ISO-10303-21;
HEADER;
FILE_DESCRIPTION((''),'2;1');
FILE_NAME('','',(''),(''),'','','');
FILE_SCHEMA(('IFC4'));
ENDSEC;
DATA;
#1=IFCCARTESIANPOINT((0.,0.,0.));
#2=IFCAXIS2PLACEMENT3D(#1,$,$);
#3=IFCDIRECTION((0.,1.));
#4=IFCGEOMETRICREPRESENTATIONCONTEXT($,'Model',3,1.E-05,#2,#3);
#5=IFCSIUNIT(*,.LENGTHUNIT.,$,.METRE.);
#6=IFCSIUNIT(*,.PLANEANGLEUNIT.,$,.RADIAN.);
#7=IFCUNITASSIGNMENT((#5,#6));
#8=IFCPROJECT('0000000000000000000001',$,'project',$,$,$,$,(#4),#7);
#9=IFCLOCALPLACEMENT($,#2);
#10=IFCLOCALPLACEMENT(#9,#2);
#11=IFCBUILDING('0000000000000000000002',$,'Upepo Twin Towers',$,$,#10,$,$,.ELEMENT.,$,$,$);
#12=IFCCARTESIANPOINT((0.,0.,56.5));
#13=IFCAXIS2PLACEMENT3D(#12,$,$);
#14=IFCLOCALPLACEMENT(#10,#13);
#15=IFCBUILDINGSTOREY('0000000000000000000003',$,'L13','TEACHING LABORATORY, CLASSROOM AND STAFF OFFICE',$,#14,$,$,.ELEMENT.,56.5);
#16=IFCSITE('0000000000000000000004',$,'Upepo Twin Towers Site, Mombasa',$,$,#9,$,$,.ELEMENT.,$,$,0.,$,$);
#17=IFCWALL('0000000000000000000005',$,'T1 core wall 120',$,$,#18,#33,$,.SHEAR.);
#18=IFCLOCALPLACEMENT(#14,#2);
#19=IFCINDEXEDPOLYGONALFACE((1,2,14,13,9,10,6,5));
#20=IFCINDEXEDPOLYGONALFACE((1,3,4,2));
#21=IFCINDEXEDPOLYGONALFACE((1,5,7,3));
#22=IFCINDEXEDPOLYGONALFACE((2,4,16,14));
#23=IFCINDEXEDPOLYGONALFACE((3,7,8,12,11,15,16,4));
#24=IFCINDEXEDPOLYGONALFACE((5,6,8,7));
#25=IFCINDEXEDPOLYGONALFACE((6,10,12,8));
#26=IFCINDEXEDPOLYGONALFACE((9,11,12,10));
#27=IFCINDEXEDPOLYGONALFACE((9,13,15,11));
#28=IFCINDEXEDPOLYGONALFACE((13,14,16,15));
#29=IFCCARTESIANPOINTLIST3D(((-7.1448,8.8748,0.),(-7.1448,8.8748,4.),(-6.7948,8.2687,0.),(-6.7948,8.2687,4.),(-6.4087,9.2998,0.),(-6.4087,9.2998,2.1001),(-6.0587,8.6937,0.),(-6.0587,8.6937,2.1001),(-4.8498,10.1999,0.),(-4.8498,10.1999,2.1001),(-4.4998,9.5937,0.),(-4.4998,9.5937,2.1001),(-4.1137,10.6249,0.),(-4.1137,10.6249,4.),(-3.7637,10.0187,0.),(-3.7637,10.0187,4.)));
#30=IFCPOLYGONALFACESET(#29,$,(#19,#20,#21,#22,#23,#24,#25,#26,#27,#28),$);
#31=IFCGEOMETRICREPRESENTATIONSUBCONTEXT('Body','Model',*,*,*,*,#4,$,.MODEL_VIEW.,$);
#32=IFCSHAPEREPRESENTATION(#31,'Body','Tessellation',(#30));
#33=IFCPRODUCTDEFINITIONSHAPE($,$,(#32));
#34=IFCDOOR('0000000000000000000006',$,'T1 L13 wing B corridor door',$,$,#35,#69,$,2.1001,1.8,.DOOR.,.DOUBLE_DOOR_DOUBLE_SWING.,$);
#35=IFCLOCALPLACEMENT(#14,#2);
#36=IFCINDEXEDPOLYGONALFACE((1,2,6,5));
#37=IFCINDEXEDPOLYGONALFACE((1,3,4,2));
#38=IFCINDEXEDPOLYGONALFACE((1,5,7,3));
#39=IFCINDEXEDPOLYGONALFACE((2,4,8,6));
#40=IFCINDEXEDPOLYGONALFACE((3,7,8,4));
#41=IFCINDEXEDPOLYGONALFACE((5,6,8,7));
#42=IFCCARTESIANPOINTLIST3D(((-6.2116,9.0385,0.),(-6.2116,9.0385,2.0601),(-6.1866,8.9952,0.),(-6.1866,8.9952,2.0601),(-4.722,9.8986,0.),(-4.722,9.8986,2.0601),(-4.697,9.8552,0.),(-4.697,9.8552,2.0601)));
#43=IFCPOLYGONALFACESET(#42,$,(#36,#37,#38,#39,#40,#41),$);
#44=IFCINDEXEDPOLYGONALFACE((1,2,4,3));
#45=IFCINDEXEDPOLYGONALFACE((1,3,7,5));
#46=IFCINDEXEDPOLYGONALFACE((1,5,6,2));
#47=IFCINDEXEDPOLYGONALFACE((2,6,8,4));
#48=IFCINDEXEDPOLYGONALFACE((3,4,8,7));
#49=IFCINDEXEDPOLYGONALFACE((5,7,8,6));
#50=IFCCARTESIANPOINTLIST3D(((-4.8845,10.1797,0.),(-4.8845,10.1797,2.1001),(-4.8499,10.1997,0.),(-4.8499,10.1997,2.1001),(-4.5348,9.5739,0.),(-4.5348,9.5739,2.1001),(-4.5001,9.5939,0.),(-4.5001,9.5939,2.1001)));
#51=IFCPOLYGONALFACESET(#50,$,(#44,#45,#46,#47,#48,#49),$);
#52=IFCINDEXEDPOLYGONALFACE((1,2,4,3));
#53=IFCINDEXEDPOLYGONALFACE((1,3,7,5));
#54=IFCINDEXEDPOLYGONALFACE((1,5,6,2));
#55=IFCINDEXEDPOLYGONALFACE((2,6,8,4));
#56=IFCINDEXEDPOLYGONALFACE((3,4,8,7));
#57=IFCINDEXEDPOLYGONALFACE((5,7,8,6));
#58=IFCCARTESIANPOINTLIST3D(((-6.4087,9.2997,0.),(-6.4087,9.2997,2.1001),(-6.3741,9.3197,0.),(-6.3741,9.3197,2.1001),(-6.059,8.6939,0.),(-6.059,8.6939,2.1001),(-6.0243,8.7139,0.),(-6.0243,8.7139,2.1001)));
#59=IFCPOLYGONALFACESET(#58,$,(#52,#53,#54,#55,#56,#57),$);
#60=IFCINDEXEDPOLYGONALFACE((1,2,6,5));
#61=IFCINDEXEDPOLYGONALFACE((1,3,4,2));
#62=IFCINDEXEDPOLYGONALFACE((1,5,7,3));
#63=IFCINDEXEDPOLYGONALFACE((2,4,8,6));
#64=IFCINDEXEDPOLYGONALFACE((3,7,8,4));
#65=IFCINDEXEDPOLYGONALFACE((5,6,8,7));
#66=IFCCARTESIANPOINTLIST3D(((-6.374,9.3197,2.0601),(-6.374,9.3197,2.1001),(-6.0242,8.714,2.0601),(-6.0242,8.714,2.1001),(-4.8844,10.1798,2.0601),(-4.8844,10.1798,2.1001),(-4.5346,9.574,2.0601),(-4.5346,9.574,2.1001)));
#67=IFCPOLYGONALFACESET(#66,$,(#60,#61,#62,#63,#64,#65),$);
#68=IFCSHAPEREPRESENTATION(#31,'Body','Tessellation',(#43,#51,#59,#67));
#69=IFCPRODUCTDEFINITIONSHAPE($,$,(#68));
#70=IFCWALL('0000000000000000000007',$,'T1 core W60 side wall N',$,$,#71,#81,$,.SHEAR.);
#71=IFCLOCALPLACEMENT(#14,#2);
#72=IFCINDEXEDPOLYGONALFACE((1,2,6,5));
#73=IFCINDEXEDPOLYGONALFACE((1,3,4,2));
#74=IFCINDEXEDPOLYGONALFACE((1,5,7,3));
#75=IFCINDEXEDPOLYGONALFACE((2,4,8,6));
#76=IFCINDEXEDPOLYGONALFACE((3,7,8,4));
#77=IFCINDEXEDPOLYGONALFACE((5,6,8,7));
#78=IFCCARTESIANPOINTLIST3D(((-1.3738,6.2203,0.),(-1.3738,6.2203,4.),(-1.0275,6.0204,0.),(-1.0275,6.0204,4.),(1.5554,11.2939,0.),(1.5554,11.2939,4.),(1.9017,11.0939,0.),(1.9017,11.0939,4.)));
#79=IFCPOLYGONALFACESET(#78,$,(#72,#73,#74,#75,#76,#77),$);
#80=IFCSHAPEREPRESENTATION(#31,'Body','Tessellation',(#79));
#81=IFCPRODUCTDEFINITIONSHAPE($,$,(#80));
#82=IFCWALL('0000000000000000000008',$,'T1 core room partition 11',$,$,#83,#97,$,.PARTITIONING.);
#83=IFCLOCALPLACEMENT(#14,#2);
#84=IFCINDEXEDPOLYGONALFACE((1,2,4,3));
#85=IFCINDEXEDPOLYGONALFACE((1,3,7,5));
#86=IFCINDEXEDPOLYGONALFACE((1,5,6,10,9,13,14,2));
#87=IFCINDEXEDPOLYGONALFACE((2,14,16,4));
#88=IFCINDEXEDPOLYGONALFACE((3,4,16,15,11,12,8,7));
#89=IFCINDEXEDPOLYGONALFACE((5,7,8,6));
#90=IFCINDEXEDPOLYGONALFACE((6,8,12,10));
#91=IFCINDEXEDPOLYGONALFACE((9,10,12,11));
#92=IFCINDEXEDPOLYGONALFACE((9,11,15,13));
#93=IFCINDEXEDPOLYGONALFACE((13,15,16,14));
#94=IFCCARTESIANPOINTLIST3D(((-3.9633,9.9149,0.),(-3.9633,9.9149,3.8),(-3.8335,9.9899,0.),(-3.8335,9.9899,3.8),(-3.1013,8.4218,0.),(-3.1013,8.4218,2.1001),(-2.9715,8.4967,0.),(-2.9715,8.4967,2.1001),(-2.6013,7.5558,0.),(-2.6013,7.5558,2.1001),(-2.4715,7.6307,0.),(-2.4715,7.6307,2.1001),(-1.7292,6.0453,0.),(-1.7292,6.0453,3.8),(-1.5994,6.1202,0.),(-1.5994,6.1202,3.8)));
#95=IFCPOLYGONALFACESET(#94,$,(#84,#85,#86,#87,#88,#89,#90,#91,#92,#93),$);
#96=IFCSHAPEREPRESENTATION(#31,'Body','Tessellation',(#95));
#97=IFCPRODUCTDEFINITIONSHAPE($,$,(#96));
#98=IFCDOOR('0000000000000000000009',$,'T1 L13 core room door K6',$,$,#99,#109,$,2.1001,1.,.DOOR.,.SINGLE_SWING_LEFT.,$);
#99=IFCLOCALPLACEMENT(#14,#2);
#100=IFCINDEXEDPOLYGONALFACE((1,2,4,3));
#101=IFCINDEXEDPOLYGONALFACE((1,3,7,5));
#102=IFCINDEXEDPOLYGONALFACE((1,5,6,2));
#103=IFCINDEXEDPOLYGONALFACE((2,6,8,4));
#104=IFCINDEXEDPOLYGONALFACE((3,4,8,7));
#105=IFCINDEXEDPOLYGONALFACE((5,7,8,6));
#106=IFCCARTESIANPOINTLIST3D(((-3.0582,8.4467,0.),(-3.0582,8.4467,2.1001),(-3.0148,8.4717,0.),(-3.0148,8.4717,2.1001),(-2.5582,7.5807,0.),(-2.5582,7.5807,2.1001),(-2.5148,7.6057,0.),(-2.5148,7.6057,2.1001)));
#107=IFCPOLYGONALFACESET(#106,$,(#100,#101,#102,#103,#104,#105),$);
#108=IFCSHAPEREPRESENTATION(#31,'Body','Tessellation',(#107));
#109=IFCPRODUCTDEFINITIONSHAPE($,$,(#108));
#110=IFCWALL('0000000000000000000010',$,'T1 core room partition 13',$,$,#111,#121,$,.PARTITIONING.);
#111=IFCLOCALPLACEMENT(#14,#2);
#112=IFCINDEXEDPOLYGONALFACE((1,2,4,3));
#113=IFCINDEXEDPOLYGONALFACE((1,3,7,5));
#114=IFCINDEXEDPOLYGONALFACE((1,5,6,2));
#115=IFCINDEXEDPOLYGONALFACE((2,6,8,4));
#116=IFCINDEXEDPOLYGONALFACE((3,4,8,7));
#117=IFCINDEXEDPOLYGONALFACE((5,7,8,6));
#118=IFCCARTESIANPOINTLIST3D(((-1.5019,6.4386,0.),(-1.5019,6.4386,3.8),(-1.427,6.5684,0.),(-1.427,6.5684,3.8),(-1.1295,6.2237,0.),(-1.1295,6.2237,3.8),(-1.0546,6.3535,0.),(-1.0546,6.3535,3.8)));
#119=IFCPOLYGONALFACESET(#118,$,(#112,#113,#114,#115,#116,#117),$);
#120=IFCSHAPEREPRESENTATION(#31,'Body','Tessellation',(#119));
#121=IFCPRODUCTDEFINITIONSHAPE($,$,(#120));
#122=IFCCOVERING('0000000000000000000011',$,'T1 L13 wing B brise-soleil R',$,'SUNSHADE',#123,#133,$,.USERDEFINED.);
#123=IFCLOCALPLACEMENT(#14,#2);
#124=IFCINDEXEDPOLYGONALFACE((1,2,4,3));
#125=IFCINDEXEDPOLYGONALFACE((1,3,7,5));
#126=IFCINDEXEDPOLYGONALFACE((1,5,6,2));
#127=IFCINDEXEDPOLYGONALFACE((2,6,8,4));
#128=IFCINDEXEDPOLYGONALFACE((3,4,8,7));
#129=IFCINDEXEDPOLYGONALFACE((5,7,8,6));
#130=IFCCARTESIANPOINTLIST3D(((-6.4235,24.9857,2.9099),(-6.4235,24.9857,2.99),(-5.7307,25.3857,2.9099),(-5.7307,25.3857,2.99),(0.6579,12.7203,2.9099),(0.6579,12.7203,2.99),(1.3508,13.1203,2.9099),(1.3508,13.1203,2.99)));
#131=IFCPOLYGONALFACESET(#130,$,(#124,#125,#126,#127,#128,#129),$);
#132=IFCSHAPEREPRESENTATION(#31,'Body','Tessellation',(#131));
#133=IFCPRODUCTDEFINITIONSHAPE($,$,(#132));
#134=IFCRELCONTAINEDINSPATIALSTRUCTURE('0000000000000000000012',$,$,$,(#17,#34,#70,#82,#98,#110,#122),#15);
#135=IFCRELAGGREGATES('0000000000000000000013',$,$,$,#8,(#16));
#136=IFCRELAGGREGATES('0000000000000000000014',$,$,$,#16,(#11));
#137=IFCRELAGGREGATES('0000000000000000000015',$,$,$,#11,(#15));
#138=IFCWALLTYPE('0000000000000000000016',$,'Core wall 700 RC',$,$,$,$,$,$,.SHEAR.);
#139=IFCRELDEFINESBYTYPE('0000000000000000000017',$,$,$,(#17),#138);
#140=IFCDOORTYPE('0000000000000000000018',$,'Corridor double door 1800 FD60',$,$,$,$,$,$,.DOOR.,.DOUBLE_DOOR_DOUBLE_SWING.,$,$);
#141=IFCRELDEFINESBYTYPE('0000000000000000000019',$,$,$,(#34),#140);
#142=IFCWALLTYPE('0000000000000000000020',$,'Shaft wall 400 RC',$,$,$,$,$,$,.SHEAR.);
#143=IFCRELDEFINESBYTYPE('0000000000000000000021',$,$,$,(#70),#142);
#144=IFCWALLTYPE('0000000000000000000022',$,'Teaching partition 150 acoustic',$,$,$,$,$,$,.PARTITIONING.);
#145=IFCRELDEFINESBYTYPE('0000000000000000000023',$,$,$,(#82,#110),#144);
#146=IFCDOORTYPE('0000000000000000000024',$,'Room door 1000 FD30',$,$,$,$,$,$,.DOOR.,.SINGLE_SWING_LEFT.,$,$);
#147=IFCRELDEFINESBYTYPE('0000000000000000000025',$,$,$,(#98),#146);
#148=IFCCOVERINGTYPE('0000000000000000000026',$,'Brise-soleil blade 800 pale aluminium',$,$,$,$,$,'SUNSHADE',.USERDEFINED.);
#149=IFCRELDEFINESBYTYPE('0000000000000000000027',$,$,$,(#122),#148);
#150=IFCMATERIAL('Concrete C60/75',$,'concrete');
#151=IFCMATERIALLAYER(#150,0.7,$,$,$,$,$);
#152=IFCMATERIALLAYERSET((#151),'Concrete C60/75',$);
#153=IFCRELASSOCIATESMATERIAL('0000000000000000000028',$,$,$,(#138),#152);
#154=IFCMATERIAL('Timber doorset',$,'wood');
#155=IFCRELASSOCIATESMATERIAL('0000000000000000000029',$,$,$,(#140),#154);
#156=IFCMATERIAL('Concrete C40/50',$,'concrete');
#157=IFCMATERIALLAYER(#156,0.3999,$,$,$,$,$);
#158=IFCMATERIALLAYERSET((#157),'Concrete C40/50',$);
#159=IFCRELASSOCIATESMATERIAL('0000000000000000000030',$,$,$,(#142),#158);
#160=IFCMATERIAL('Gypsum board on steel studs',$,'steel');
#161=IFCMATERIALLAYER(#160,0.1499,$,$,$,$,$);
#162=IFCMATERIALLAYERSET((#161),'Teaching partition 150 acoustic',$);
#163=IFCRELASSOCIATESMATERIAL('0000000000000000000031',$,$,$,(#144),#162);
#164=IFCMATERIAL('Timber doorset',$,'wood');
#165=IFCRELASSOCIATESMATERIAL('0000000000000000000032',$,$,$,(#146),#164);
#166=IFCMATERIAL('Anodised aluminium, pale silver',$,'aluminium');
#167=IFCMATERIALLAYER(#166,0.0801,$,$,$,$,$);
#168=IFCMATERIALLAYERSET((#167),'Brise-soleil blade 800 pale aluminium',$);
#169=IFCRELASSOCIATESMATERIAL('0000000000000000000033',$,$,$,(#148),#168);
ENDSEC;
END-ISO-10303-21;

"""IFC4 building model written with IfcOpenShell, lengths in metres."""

from ifc_helpers import new_model, si_unit, direction, frame, frame_2d, origin, origin_2d, place, context, subcontext, project, spatial, rectangle, extrude, material, layer, layer_set, type_object, element, fill, save


model = new_model("IFC4")

# Units and contexts
model_context = context("Model", 3, precision=1e-05, world=origin(), true_north=direction((0.0, 1.0)))
body_context = subcontext(model_context, "Body", "Model", "MODEL_VIEW")
ifc_project = project(units=[si_unit("LENGTHUNIT", "METRE"), si_unit("PLANEANGLEUNIT", "RADIAN")], contexts=[model_context])

# Site, building, storey
site_placement = place(None, origin())
site = spatial("IfcSite", under=ifc_project, at=site_placement, Name="Upepo Twin Towers Site, Mombasa", CompositionType="ELEMENT", RefElevation=0.0)
building_placement = place(site_placement, origin())
building = spatial("IfcBuilding", under=site, at=building_placement, Name="Upepo Twin Towers", CompositionType="ELEMENT")
storey_placement = place(building_placement, frame((0.0, 0.0, 56.5)))
storey = spatial("IfcBuildingStorey", under=building, at=storey_placement, Name="L13", Description="TEACHING LABORATORY, CLASSROOM AND STAFF OFFICE", CompositionType="ELEMENT", Elevation=56.5)

# Shared definitions
ifc_material_1 = material(Name="Concrete C60/75", Category="concrete")
ifc_layer_1 = layer(ifc_material_1, 0.7)
ifc_layer_set_1 = layer_set([ifc_layer_1], Name="Concrete C60/75")
wall_type_1 = type_object("IfcWallType", Name="Core wall 700 RC", PredefinedType="SHEAR", material=ifc_layer_set_1)

# Wall, opening, door
wall_1_placement = place(storey_placement, frame((-3.9387, 10.3218, 0.0), z_axis=(0.0, 0.0, 1.0), x_axis=(-0.866019, -0.50001, 0.0)))
wall_1 = element("IfcWall", 1, at=wall_1_placement, inside=storey, type_object=wall_type_1, Name="T1 core wall 120", PredefinedType="SHEAR", context=body_context, shape_type="SweptSolid", body=[
    extrude(rectangle(XDim=3.5, YDim=0.7, at=frame_2d((1.75, 0.0))), origin(), (0.0, 0.0, 1.0), 4.0),
])
opening_1_placement = place(wall_1_placement, frame((0.8501, 0.0, 0.0)))
opening_1 = element("IfcOpeningElement", 2, at=opening_1_placement, cuts=wall_1, PredefinedType="OPENING", context=body_context, shape_type="SweptSolid", body=[
    extrude(rectangle(XDim=1.8, YDim=2.1001, at=frame_2d((0.8999, 1.05))), frame((0.0, 0.3599, 0.0), z_axis=(0.0, -1.0, 0.0), x_axis=(1.0, 0.0, 0.0)), (0.0, 0.0, 1.0), 0.72),
])
ifc_material_2 = material(Name="Timber doorset", Category="wood")
door_type_1 = type_object("IfcDoorType", Name="Corridor double door 1800 FD60", OperationType="DOUBLE_DOOR_DOUBLE_SWING", PredefinedType="DOOR", material=ifc_material_2)
door_1_placement = place(opening_1_placement, origin())
door_1 = element("IfcDoor", 3, at=door_1_placement, inside=storey, type_object=door_type_1, Name="T1 L13 wing B corridor door", OperationType="DOUBLE_DOOR_DOUBLE_SWING", OverallHeight=2.1001, OverallWidth=1.8, PredefinedType="DOOR", context=body_context, shape_type="SweptSolid", body=[
    extrude(rectangle(XDim=1.72, YDim=2.0601, at=frame_2d((0.8999, 1.03))), frame((0.0, 0.0249, 0.0), z_axis=(0.0, -1.0, 0.0), x_axis=(1.0, 0.0, 0.0)), (0.0, 0.0, 1.0), 0.05),
    extrude(rectangle(XDim=0.04, YDim=2.1001, at=frame_2d((0.02, 1.05))), frame((0.0, 0.3496, 0.0), z_axis=(0.0, -1.0, 0.0), x_axis=(1.0, 0.0, 0.0)), (0.0, 0.0, 1.0), 0.6995),
    extrude(rectangle(XDim=0.04, YDim=2.1001, at=frame_2d((1.78, 1.05))), frame((0.0, 0.3496, 0.0), z_axis=(0.0, -1.0, 0.0), x_axis=(1.0, 0.0, 0.0)), (0.0, 0.0, 1.0), 0.6995),
    extrude(rectangle(XDim=1.72, YDim=0.04, at=frame_2d((0.8999, 2.0801))), frame((0.0, 0.3496, 0.0), z_axis=(0.0, -1.0, 0.0), x_axis=(1.0, 0.0, 0.0)), (0.0, 0.0, 1.0), 0.6995),
])
fill(opening_1, door_1)

# Wall
ifc_material_3 = material(Name="Concrete C40/50", Category="concrete")
ifc_layer_2 = layer(ifc_material_3, 0.3999)
ifc_layer_set_2 = layer_set([ifc_layer_2], Name="Concrete C40/50")
wall_type_2 = type_object("IfcWallType", Name="Shaft wall 400 RC", PredefinedType="SHEAR", material=ifc_layer_set_2)
wall_2_placement = place(storey_placement, frame((-1.2007, 6.1204, 0.0), z_axis=(0.0, 0.0, 1.0), x_axis=(0.500003, 0.866024, 0.0)))
element("IfcWall", 4, at=wall_2_placement, inside=storey, type_object=wall_type_2, Name="T1 core W60 side wall N", PredefinedType="SHEAR", context=body_context, shape_type="SweptSolid", body=[
    extrude(rectangle(XDim=5.8584, YDim=0.3999, at=frame_2d((2.9292, 0.0))), origin(), (0.0, 0.0, 1.0), 4.0),
])

# Wall, opening, door
ifc_material_4 = material(Name="Gypsum board on steel studs", Category="steel")
ifc_layer_3 = layer(ifc_material_4, 0.1499)
ifc_layer_set_3 = layer_set([ifc_layer_3], Name="Teaching partition 150 acoustic")
wall_type_3 = type_object("IfcWallType", Name="Teaching partition 150 acoustic", PredefinedType="PARTITIONING", material=ifc_layer_set_3)
wall_3_placement = place(storey_placement, frame((-3.8984, 9.9524, 0.0), z_axis=(0.0, 0.0, 1.0), x_axis=(0.5, -0.866025, 0.0)))
wall_3 = element("IfcWall", 5, at=wall_3_placement, inside=storey, type_object=wall_type_3, Name="T1 core room partition 11", PredefinedType="PARTITIONING", context=body_context, shape_type="SweptSolid", body=[
    extrude(rectangle(XDim=4.4683, YDim=0.1499, at=frame_2d((2.2341, 0.0))), origin(), (0.0, 0.0, 1.0), 3.8),
])
opening_2_placement = place(wall_3_placement, frame((1.7241, 0.0, 0.0)))
opening_2 = element("IfcOpeningElement", 6, at=opening_2_placement, cuts=wall_3, PredefinedType="OPENING", context=body_context, shape_type="SweptSolid", body=[
    extrude(rectangle(XDim=1.0, YDim=2.1001, at=frame_2d((0.5, 1.05))), frame((0.0, 0.085, 0.0), z_axis=(0.0, -1.0, 0.0), x_axis=(1.0, 0.0, 0.0)), (0.0, 0.0, 1.0), 0.1699),
])
ifc_material_5 = material(Name="Timber doorset", Category="wood")
door_type_2 = type_object("IfcDoorType", Name="Room door 1000 FD30", OperationType="SINGLE_SWING_LEFT", PredefinedType="DOOR", material=ifc_material_5)
door_2_placement = place(opening_2_placement, origin())
door_2 = element("IfcDoor", 7, at=door_2_placement, inside=storey, type_object=door_type_2, Name="T1 L13 core room door K6", OperationType="SINGLE_SWING_LEFT", OverallHeight=2.1001, OverallWidth=1.0, PredefinedType="DOOR", context=body_context, shape_type="SweptSolid", body=[
    extrude(rectangle(XDim=1.0, YDim=2.1001, at=frame_2d((0.5, 1.05))), frame((0.0, 0.0249, 0.0), z_axis=(0.0, -1.0, 0.0), x_axis=(1.0, 0.0, 0.0)), (0.0, 0.0, 1.0), 0.05),
])
fill(opening_2, door_2)

# Wall
wall_4_placement = place(storey_placement, frame((-1.4644, 6.5034, 0.0), z_axis=(0.0, 0.0, 1.0), x_axis=(0.866138, -0.499804, 0.0)))
element("IfcWall", 8, at=wall_4_placement, inside=storey, type_object=wall_type_3, Name="T1 core room partition 13", PredefinedType="PARTITIONING", context=body_context, shape_type="SweptSolid", body=[
    extrude(rectangle(XDim=0.4299, YDim=0.1499, at=frame_2d((0.2148, 0.0))), origin(), (0.0, 0.0, 1.0), 3.8),
])

# Covering
ifc_material_6 = material(Name="Anodised aluminium, pale silver", Category="aluminium")
ifc_layer_4 = layer(ifc_material_6, 0.0801)
ifc_layer_set_4 = layer_set([ifc_layer_4], Name="Brise-soleil blade 800 pale aluminium")
covering_type = type_object("IfcCoveringType", Name="Brise-soleil blade 800 pale aluminium", ElementType="SUNSHADE", PredefinedType="USERDEFINED", material=ifc_layer_set_4)
covering_placement = place(storey_placement, frame((-2.5364, 19.053, 2.9099), z_axis=(0.0, 0.0, 1.0), x_axis=(-0.5, 0.866025, 0.0)))
element("IfcCovering", 9, at=covering_placement, inside=storey, type_object=covering_type, Name="T1 L13 wing B brise-soleil R", ObjectType="SUNSHADE", PredefinedType="USERDEFINED", context=body_context, shape_type="SweptSolid", body=[
    extrude(rectangle(XDim=14.1628, YDim=0.8, at=origin_2d()), origin(), (0.0, 0.0, 1.0), 0.0801),
])

save(model, "model.ifc")
